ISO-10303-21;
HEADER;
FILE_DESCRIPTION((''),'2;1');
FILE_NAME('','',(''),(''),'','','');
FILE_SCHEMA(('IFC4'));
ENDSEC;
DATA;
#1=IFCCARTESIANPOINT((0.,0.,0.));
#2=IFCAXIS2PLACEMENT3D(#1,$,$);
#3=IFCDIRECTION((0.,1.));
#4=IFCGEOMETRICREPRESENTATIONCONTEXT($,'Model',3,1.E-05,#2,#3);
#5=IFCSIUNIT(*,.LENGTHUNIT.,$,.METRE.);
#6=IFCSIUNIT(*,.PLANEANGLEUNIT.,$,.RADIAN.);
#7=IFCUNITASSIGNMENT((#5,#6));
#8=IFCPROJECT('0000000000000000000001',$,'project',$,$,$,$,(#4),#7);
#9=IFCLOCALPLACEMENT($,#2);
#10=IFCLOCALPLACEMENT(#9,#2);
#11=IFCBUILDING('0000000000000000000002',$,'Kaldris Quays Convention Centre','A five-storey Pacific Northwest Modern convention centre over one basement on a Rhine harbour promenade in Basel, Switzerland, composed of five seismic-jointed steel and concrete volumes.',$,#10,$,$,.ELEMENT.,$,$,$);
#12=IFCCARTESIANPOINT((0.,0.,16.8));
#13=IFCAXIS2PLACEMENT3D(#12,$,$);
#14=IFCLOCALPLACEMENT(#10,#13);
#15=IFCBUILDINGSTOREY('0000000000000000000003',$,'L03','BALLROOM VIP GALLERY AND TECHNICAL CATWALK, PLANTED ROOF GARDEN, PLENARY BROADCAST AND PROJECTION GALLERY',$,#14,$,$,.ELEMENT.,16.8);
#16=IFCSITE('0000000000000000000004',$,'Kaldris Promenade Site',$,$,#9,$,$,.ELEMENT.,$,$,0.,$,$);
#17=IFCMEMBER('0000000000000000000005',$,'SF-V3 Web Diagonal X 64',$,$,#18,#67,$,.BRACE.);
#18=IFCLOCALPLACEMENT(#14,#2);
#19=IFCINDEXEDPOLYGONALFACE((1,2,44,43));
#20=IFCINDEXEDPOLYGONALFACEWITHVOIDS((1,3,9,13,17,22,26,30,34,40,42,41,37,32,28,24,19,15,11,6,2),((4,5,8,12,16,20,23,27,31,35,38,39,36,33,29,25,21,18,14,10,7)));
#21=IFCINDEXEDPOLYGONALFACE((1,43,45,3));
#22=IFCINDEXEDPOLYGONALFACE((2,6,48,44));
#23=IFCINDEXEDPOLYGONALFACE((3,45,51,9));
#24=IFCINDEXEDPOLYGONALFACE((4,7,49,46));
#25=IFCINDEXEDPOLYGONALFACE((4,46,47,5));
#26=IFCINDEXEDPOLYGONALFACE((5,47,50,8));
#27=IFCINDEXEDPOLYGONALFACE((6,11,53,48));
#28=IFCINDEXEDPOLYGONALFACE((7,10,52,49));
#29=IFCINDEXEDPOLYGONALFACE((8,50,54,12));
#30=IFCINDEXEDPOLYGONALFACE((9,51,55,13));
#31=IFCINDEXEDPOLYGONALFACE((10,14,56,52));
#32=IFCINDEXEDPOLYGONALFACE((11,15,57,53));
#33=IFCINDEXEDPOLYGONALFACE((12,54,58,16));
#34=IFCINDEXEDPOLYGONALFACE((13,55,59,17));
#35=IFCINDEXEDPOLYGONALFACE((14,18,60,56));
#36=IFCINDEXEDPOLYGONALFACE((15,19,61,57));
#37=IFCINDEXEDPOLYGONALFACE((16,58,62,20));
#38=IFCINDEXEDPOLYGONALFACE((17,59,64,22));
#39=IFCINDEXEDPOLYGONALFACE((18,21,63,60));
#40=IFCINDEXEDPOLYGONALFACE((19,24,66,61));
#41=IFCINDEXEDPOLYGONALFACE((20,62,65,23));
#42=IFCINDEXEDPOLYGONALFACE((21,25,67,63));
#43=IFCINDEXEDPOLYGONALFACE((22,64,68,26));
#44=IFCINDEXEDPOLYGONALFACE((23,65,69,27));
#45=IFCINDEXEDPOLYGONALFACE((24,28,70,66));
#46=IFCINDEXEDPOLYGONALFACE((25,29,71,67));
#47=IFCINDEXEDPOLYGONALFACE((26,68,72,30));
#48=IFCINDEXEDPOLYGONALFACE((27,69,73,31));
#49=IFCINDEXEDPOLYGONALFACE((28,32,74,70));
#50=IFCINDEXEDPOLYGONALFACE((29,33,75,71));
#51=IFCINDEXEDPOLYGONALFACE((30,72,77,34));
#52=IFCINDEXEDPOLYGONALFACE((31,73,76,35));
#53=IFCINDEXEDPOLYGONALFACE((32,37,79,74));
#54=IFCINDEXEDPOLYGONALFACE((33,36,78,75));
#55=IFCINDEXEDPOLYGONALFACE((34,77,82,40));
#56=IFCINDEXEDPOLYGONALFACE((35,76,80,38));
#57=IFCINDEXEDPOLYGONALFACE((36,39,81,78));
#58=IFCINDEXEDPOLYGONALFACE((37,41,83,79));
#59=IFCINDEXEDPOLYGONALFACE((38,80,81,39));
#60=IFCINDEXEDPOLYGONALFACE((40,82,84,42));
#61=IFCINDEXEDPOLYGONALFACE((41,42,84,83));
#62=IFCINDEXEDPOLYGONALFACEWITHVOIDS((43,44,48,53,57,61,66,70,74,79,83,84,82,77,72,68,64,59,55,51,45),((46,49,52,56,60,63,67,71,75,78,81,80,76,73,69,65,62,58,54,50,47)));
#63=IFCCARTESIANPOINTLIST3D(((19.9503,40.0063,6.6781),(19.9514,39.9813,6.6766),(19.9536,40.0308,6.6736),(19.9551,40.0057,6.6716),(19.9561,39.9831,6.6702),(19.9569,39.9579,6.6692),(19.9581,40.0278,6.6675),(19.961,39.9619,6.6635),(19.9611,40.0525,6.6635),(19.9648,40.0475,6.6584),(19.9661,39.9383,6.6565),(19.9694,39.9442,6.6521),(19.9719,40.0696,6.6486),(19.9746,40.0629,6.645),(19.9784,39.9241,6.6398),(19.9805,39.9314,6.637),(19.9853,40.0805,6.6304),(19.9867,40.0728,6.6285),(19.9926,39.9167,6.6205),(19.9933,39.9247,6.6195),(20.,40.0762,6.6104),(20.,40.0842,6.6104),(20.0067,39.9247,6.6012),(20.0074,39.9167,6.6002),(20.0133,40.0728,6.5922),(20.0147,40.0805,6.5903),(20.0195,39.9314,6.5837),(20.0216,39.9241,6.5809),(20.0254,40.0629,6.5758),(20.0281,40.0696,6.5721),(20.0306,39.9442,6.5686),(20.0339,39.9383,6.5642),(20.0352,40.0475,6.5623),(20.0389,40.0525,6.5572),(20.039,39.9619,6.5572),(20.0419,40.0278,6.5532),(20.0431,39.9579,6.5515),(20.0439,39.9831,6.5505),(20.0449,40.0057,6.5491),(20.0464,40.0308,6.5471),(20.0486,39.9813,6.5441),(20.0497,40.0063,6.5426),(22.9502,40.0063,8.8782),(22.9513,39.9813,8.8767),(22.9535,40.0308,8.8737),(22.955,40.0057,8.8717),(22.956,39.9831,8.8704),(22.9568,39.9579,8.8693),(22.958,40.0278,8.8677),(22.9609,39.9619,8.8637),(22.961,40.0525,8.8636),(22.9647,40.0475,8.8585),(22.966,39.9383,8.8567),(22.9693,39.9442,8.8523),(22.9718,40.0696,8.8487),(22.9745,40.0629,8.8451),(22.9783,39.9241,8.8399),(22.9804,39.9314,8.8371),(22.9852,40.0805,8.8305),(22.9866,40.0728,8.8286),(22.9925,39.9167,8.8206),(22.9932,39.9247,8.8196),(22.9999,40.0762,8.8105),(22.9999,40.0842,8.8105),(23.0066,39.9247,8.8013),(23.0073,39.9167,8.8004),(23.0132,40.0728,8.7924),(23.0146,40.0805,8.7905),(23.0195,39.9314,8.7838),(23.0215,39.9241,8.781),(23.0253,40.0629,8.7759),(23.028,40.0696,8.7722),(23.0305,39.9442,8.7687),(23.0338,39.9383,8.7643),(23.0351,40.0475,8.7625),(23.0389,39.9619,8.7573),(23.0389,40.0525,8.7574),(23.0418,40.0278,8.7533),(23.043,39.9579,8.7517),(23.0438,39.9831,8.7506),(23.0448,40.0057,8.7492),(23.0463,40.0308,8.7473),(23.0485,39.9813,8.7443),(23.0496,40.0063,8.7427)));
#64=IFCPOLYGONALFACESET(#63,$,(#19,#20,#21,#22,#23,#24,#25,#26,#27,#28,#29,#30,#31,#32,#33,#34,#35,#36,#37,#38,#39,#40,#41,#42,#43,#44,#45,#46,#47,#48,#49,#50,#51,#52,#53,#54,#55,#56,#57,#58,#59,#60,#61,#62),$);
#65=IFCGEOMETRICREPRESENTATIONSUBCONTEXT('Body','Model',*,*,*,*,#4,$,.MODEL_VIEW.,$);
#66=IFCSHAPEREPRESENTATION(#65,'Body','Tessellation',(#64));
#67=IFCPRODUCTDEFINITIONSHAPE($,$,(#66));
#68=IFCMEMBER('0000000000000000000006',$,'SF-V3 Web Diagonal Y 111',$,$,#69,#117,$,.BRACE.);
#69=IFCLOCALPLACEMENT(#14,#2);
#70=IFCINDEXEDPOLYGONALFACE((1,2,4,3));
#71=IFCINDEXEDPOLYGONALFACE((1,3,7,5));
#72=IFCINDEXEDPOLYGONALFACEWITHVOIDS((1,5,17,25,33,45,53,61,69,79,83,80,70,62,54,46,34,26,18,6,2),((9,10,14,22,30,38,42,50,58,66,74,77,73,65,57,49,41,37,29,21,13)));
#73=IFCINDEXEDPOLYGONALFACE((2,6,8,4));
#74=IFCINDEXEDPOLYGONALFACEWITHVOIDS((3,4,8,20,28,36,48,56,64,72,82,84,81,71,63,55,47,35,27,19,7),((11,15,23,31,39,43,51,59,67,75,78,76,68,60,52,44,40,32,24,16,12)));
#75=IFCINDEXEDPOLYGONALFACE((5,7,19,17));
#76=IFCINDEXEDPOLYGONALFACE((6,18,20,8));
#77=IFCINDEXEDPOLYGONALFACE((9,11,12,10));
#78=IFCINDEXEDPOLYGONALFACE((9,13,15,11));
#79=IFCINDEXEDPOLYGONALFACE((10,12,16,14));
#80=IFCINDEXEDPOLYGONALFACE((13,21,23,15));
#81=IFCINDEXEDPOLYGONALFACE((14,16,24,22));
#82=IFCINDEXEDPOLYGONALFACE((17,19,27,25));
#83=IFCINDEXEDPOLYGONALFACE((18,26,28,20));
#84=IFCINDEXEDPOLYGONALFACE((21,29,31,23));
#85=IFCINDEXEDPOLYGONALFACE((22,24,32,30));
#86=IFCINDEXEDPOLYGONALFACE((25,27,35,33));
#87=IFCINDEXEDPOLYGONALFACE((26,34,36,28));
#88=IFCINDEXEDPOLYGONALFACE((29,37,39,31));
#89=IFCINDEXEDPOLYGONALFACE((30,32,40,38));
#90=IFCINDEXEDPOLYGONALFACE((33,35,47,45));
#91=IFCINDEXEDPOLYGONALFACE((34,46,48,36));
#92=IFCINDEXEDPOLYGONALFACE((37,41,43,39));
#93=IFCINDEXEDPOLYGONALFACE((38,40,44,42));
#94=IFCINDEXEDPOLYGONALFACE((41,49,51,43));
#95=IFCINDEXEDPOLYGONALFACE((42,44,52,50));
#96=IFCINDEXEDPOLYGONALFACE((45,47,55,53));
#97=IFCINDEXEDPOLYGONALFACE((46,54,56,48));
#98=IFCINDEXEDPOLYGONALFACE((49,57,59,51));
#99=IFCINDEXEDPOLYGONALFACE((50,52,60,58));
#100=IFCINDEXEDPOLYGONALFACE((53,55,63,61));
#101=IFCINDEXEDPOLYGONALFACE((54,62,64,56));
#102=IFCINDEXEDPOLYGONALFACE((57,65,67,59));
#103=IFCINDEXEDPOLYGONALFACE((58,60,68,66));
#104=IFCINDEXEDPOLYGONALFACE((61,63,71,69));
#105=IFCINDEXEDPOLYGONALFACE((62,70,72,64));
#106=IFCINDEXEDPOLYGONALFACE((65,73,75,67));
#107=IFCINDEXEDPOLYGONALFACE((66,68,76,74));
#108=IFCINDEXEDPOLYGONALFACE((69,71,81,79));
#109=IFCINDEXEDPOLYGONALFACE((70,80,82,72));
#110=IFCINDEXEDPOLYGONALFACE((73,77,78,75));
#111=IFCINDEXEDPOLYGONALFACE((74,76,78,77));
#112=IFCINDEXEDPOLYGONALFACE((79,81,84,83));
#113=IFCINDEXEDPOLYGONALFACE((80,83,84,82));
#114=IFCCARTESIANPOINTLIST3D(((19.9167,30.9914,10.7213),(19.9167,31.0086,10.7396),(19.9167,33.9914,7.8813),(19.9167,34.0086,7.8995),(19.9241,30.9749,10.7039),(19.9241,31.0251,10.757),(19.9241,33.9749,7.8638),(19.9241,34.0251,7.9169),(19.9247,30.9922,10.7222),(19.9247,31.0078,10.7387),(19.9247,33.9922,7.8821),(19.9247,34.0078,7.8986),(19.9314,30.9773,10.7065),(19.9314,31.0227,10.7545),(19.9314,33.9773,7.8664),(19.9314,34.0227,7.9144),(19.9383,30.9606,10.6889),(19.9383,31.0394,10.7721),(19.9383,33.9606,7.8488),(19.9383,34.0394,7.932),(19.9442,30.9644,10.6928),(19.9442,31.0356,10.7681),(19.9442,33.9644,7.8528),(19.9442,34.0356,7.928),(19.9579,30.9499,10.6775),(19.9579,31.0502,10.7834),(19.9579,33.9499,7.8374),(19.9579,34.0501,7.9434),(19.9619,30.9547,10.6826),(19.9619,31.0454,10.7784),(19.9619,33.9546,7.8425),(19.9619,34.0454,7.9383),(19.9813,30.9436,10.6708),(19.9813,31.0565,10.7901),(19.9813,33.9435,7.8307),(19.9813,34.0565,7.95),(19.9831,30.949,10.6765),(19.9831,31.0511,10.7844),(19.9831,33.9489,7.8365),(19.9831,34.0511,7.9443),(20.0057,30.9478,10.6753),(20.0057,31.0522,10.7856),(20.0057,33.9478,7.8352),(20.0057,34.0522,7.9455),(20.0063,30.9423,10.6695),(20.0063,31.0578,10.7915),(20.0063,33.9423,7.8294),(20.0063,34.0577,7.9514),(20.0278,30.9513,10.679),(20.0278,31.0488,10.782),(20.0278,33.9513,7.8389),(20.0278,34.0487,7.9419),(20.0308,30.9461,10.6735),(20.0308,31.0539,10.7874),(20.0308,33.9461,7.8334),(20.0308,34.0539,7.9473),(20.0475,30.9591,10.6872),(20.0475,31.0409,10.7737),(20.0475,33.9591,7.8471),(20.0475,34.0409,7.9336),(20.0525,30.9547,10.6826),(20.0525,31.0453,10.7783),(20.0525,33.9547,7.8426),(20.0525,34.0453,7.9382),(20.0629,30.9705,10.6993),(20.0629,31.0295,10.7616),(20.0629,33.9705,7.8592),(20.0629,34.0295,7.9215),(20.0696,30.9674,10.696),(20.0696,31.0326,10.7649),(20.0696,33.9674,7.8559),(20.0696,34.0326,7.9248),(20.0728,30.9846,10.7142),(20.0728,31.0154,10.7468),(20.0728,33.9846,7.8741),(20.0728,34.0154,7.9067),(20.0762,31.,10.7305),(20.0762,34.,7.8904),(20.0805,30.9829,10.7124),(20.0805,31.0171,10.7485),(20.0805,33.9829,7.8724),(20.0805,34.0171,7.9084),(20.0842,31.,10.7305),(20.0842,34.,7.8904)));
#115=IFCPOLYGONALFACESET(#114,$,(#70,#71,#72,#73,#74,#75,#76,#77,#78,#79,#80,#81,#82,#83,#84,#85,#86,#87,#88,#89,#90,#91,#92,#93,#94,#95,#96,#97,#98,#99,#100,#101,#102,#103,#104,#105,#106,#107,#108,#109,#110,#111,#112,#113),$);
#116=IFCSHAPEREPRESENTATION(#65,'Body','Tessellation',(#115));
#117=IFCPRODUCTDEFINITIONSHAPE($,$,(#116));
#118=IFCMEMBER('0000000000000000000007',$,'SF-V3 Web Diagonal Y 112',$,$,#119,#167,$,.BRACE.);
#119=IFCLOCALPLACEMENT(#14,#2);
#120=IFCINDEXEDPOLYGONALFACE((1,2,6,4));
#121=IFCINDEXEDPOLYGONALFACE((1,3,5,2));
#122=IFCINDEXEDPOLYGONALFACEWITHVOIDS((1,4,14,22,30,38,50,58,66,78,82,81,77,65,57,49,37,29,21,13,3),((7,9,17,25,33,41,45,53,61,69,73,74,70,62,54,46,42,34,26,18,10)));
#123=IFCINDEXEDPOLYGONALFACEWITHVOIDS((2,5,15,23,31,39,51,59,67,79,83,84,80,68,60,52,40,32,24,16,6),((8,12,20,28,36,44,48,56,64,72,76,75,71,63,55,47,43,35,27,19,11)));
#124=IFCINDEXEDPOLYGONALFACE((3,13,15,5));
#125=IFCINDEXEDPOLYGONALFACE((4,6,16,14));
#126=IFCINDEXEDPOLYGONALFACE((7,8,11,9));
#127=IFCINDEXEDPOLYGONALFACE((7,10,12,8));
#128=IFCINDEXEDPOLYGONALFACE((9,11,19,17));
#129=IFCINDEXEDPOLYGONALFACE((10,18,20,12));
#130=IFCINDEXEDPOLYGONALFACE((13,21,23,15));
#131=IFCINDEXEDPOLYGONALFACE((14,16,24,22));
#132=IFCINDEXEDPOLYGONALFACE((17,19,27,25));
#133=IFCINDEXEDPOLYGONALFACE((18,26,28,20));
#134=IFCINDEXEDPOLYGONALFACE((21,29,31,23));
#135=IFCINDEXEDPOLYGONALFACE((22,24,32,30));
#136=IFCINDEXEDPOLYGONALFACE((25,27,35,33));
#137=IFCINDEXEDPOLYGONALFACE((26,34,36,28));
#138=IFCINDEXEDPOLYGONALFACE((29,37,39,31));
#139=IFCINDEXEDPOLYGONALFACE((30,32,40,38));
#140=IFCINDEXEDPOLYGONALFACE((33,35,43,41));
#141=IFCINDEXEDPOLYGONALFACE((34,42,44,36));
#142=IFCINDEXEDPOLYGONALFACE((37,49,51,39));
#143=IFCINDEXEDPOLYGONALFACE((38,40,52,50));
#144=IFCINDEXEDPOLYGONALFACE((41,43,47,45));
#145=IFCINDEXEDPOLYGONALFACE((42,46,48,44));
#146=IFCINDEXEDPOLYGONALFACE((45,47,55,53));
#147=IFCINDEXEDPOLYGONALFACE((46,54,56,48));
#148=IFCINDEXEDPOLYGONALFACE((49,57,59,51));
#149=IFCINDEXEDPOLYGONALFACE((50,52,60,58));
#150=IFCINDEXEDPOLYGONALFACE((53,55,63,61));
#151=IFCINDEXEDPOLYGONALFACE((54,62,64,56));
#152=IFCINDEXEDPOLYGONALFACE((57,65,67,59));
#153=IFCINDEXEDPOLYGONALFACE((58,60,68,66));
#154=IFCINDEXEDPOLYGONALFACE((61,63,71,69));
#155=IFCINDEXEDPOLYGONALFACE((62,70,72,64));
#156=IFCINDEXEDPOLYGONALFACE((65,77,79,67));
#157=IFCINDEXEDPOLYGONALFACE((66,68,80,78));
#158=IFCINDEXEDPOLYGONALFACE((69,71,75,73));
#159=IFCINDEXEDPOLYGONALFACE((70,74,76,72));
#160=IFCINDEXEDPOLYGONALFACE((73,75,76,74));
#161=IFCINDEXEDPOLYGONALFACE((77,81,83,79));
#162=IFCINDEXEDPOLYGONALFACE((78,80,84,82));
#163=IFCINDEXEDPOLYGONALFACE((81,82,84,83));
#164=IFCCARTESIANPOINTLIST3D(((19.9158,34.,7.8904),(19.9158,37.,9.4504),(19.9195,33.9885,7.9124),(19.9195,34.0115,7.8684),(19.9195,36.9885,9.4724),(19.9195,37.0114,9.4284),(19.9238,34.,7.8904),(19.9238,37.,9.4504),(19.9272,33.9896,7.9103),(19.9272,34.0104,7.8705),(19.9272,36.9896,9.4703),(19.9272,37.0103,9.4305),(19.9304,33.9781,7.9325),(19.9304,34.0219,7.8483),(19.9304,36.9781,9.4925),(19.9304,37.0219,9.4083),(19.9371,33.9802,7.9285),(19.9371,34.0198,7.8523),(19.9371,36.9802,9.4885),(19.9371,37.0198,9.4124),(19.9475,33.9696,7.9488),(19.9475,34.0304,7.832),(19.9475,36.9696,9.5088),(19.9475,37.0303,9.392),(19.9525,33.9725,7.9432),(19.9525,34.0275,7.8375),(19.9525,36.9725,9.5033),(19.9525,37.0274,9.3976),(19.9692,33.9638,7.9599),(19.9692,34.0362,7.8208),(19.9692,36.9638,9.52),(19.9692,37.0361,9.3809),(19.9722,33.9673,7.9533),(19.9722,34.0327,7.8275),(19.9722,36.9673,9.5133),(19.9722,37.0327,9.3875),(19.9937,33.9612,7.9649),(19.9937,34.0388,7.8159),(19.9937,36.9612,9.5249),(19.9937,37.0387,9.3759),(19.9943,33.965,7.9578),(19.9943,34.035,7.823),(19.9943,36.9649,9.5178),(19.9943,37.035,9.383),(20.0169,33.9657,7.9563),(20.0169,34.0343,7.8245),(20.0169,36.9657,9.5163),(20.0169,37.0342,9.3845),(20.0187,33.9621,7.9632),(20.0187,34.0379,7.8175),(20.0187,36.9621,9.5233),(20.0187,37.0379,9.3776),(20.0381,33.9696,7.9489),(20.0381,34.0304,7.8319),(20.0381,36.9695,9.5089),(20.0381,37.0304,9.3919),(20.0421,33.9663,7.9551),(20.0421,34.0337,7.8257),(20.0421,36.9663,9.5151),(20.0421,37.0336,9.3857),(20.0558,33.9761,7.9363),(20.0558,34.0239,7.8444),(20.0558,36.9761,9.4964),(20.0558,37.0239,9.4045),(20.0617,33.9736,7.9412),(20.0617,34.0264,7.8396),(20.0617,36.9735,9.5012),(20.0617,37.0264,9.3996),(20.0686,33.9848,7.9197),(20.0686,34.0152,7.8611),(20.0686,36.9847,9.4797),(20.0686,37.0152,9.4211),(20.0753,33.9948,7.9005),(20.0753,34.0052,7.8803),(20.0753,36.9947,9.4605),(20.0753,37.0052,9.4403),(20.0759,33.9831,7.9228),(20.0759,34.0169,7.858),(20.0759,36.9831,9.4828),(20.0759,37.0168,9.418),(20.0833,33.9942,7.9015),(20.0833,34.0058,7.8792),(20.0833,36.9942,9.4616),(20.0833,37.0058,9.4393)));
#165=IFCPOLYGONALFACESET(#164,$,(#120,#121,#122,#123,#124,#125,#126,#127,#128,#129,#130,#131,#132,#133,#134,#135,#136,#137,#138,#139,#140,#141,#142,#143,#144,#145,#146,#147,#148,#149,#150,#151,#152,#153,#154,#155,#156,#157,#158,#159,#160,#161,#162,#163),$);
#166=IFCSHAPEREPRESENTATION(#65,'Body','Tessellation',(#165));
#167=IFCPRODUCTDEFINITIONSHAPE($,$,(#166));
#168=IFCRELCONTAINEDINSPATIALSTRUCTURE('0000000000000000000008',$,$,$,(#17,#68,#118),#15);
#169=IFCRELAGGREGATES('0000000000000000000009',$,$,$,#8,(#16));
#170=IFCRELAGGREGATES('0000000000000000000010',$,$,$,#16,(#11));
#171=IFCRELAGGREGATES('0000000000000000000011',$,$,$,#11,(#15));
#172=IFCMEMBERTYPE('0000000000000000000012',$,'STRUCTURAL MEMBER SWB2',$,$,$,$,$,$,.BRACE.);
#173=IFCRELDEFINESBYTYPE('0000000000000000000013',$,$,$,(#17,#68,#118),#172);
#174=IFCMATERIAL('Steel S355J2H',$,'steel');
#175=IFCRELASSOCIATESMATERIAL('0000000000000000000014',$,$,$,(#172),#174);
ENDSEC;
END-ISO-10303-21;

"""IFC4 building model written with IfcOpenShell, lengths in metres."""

from ifc_helpers import new_model, si_unit, direction, frame, origin, origin_2d, place, context, subcontext, project, spatial, hollow_circle, extrude, material, material_profile, profile_set, type_object, element, save


model = new_model("IFC4")

# Units and contexts
model_context = context("Model", 3, precision=1e-05, world=origin(), true_north=direction((0.0, 1.0)))
body_context = subcontext(model_context, "Body", "Model", "MODEL_VIEW")
ifc_project = project(units=[si_unit("LENGTHUNIT", "METRE"), si_unit("PLANEANGLEUNIT", "RADIAN")], contexts=[model_context])

# Site, building, storey
site_placement = place(None, origin())
site = spatial("IfcSite", under=ifc_project, at=site_placement, Name="Kaldris Promenade Site", CompositionType="ELEMENT", RefElevation=0.0)
building_placement = place(site_placement, origin())
building = spatial("IfcBuilding", under=site, at=building_placement, Name="Kaldris Quays Convention Centre", Description="A five-storey Pacific Northwest Modern convention centre over one basement on a Rhine harbour promenade in Basel, Switzerland, composed of five seismic-jointed steel and concrete volumes.", CompositionType="ELEMENT")
storey_placement = place(building_placement, frame((0.0, 0.0, 16.8)))
storey = spatial("IfcBuildingStorey", under=building, at=storey_placement, Name="L03", Description="BALLROOM VIP GALLERY AND TECHNICAL CATWALK, PLANTED ROOF GARDEN, PLENARY BROADCAST AND PROJECTION GALLERY", CompositionType="ELEMENT", Elevation=16.8)

# Members
ifc_material_1 = material(Name="Steel S355J2H", Category="steel")
ifc_material_profile_1 = material_profile(ifc_material_1, hollow_circle(Radius=0.0842, WallThickness=0.0081, at=origin_2d()), Name="CHS 168.3x8")
ifc_profile_set_1 = profile_set([ifc_material_profile_1], Name="Steel S355J2H")
member_type_1 = type_object("IfcMemberType", Name="STRUCTURAL MEMBER SWB2", PredefinedType="BRACE", material=ifc_profile_set_1)
for number, where, z_axis, x_axis, name in (
    (1, (20.0, 40.0, 6.6104), (0.80638, 0.0, 0.591398), (0.0, 1.0, 0.0), "SF-V3 Web Diagonal X 64"),
):
    element("IfcMember", number, at=place(storey_placement, frame(where, z_axis=z_axis, x_axis=x_axis)), inside=storey, type_object=member_type_1, Name=name, PredefinedType="BRACE", context=body_context, shape_type="SweptSolid", body=[
        extrude(hollow_circle(Radius=0.0842, WallThickness=0.0081, at=origin_2d()), origin(), (0.0, 0.0, 1.0), 3.7202),
    ])
member_1_placement = place(storey_placement, frame((20.0, 34.0, 7.8904), z_axis=(0.0, -0.726196, 0.687487), x_axis=(1.0, 0.0, 0.0)))
element("IfcMember", 2, at=member_1_placement, inside=storey, type_object=member_type_1, Name="SF-V3 Web Diagonal Y 111", PredefinedType="BRACE", context=body_context, shape_type="SweptSolid", body=[
    extrude(hollow_circle(Radius=0.0842, WallThickness=0.0081, at=origin_2d()), origin(), (0.0, 0.0, 1.0), 4.1311),
])
member_2_placement = place(storey_placement, frame((20.0, 34.0, 7.8904), z_axis=(0.0, 0.88721, 0.461366), x_axis=(-1.0, 0.0, 0.0)))
element("IfcMember", 3, at=member_2_placement, inside=storey, type_object=member_type_1, Name="SF-V3 Web Diagonal Y 112", PredefinedType="BRACE", context=body_context, shape_type="SweptSolid", body=[
    extrude(hollow_circle(Radius=0.0842, WallThickness=0.0081, at=origin_2d()), origin(), (0.0, 0.0, 1.0), 3.3813),
])

save(model, "model.ifc")
